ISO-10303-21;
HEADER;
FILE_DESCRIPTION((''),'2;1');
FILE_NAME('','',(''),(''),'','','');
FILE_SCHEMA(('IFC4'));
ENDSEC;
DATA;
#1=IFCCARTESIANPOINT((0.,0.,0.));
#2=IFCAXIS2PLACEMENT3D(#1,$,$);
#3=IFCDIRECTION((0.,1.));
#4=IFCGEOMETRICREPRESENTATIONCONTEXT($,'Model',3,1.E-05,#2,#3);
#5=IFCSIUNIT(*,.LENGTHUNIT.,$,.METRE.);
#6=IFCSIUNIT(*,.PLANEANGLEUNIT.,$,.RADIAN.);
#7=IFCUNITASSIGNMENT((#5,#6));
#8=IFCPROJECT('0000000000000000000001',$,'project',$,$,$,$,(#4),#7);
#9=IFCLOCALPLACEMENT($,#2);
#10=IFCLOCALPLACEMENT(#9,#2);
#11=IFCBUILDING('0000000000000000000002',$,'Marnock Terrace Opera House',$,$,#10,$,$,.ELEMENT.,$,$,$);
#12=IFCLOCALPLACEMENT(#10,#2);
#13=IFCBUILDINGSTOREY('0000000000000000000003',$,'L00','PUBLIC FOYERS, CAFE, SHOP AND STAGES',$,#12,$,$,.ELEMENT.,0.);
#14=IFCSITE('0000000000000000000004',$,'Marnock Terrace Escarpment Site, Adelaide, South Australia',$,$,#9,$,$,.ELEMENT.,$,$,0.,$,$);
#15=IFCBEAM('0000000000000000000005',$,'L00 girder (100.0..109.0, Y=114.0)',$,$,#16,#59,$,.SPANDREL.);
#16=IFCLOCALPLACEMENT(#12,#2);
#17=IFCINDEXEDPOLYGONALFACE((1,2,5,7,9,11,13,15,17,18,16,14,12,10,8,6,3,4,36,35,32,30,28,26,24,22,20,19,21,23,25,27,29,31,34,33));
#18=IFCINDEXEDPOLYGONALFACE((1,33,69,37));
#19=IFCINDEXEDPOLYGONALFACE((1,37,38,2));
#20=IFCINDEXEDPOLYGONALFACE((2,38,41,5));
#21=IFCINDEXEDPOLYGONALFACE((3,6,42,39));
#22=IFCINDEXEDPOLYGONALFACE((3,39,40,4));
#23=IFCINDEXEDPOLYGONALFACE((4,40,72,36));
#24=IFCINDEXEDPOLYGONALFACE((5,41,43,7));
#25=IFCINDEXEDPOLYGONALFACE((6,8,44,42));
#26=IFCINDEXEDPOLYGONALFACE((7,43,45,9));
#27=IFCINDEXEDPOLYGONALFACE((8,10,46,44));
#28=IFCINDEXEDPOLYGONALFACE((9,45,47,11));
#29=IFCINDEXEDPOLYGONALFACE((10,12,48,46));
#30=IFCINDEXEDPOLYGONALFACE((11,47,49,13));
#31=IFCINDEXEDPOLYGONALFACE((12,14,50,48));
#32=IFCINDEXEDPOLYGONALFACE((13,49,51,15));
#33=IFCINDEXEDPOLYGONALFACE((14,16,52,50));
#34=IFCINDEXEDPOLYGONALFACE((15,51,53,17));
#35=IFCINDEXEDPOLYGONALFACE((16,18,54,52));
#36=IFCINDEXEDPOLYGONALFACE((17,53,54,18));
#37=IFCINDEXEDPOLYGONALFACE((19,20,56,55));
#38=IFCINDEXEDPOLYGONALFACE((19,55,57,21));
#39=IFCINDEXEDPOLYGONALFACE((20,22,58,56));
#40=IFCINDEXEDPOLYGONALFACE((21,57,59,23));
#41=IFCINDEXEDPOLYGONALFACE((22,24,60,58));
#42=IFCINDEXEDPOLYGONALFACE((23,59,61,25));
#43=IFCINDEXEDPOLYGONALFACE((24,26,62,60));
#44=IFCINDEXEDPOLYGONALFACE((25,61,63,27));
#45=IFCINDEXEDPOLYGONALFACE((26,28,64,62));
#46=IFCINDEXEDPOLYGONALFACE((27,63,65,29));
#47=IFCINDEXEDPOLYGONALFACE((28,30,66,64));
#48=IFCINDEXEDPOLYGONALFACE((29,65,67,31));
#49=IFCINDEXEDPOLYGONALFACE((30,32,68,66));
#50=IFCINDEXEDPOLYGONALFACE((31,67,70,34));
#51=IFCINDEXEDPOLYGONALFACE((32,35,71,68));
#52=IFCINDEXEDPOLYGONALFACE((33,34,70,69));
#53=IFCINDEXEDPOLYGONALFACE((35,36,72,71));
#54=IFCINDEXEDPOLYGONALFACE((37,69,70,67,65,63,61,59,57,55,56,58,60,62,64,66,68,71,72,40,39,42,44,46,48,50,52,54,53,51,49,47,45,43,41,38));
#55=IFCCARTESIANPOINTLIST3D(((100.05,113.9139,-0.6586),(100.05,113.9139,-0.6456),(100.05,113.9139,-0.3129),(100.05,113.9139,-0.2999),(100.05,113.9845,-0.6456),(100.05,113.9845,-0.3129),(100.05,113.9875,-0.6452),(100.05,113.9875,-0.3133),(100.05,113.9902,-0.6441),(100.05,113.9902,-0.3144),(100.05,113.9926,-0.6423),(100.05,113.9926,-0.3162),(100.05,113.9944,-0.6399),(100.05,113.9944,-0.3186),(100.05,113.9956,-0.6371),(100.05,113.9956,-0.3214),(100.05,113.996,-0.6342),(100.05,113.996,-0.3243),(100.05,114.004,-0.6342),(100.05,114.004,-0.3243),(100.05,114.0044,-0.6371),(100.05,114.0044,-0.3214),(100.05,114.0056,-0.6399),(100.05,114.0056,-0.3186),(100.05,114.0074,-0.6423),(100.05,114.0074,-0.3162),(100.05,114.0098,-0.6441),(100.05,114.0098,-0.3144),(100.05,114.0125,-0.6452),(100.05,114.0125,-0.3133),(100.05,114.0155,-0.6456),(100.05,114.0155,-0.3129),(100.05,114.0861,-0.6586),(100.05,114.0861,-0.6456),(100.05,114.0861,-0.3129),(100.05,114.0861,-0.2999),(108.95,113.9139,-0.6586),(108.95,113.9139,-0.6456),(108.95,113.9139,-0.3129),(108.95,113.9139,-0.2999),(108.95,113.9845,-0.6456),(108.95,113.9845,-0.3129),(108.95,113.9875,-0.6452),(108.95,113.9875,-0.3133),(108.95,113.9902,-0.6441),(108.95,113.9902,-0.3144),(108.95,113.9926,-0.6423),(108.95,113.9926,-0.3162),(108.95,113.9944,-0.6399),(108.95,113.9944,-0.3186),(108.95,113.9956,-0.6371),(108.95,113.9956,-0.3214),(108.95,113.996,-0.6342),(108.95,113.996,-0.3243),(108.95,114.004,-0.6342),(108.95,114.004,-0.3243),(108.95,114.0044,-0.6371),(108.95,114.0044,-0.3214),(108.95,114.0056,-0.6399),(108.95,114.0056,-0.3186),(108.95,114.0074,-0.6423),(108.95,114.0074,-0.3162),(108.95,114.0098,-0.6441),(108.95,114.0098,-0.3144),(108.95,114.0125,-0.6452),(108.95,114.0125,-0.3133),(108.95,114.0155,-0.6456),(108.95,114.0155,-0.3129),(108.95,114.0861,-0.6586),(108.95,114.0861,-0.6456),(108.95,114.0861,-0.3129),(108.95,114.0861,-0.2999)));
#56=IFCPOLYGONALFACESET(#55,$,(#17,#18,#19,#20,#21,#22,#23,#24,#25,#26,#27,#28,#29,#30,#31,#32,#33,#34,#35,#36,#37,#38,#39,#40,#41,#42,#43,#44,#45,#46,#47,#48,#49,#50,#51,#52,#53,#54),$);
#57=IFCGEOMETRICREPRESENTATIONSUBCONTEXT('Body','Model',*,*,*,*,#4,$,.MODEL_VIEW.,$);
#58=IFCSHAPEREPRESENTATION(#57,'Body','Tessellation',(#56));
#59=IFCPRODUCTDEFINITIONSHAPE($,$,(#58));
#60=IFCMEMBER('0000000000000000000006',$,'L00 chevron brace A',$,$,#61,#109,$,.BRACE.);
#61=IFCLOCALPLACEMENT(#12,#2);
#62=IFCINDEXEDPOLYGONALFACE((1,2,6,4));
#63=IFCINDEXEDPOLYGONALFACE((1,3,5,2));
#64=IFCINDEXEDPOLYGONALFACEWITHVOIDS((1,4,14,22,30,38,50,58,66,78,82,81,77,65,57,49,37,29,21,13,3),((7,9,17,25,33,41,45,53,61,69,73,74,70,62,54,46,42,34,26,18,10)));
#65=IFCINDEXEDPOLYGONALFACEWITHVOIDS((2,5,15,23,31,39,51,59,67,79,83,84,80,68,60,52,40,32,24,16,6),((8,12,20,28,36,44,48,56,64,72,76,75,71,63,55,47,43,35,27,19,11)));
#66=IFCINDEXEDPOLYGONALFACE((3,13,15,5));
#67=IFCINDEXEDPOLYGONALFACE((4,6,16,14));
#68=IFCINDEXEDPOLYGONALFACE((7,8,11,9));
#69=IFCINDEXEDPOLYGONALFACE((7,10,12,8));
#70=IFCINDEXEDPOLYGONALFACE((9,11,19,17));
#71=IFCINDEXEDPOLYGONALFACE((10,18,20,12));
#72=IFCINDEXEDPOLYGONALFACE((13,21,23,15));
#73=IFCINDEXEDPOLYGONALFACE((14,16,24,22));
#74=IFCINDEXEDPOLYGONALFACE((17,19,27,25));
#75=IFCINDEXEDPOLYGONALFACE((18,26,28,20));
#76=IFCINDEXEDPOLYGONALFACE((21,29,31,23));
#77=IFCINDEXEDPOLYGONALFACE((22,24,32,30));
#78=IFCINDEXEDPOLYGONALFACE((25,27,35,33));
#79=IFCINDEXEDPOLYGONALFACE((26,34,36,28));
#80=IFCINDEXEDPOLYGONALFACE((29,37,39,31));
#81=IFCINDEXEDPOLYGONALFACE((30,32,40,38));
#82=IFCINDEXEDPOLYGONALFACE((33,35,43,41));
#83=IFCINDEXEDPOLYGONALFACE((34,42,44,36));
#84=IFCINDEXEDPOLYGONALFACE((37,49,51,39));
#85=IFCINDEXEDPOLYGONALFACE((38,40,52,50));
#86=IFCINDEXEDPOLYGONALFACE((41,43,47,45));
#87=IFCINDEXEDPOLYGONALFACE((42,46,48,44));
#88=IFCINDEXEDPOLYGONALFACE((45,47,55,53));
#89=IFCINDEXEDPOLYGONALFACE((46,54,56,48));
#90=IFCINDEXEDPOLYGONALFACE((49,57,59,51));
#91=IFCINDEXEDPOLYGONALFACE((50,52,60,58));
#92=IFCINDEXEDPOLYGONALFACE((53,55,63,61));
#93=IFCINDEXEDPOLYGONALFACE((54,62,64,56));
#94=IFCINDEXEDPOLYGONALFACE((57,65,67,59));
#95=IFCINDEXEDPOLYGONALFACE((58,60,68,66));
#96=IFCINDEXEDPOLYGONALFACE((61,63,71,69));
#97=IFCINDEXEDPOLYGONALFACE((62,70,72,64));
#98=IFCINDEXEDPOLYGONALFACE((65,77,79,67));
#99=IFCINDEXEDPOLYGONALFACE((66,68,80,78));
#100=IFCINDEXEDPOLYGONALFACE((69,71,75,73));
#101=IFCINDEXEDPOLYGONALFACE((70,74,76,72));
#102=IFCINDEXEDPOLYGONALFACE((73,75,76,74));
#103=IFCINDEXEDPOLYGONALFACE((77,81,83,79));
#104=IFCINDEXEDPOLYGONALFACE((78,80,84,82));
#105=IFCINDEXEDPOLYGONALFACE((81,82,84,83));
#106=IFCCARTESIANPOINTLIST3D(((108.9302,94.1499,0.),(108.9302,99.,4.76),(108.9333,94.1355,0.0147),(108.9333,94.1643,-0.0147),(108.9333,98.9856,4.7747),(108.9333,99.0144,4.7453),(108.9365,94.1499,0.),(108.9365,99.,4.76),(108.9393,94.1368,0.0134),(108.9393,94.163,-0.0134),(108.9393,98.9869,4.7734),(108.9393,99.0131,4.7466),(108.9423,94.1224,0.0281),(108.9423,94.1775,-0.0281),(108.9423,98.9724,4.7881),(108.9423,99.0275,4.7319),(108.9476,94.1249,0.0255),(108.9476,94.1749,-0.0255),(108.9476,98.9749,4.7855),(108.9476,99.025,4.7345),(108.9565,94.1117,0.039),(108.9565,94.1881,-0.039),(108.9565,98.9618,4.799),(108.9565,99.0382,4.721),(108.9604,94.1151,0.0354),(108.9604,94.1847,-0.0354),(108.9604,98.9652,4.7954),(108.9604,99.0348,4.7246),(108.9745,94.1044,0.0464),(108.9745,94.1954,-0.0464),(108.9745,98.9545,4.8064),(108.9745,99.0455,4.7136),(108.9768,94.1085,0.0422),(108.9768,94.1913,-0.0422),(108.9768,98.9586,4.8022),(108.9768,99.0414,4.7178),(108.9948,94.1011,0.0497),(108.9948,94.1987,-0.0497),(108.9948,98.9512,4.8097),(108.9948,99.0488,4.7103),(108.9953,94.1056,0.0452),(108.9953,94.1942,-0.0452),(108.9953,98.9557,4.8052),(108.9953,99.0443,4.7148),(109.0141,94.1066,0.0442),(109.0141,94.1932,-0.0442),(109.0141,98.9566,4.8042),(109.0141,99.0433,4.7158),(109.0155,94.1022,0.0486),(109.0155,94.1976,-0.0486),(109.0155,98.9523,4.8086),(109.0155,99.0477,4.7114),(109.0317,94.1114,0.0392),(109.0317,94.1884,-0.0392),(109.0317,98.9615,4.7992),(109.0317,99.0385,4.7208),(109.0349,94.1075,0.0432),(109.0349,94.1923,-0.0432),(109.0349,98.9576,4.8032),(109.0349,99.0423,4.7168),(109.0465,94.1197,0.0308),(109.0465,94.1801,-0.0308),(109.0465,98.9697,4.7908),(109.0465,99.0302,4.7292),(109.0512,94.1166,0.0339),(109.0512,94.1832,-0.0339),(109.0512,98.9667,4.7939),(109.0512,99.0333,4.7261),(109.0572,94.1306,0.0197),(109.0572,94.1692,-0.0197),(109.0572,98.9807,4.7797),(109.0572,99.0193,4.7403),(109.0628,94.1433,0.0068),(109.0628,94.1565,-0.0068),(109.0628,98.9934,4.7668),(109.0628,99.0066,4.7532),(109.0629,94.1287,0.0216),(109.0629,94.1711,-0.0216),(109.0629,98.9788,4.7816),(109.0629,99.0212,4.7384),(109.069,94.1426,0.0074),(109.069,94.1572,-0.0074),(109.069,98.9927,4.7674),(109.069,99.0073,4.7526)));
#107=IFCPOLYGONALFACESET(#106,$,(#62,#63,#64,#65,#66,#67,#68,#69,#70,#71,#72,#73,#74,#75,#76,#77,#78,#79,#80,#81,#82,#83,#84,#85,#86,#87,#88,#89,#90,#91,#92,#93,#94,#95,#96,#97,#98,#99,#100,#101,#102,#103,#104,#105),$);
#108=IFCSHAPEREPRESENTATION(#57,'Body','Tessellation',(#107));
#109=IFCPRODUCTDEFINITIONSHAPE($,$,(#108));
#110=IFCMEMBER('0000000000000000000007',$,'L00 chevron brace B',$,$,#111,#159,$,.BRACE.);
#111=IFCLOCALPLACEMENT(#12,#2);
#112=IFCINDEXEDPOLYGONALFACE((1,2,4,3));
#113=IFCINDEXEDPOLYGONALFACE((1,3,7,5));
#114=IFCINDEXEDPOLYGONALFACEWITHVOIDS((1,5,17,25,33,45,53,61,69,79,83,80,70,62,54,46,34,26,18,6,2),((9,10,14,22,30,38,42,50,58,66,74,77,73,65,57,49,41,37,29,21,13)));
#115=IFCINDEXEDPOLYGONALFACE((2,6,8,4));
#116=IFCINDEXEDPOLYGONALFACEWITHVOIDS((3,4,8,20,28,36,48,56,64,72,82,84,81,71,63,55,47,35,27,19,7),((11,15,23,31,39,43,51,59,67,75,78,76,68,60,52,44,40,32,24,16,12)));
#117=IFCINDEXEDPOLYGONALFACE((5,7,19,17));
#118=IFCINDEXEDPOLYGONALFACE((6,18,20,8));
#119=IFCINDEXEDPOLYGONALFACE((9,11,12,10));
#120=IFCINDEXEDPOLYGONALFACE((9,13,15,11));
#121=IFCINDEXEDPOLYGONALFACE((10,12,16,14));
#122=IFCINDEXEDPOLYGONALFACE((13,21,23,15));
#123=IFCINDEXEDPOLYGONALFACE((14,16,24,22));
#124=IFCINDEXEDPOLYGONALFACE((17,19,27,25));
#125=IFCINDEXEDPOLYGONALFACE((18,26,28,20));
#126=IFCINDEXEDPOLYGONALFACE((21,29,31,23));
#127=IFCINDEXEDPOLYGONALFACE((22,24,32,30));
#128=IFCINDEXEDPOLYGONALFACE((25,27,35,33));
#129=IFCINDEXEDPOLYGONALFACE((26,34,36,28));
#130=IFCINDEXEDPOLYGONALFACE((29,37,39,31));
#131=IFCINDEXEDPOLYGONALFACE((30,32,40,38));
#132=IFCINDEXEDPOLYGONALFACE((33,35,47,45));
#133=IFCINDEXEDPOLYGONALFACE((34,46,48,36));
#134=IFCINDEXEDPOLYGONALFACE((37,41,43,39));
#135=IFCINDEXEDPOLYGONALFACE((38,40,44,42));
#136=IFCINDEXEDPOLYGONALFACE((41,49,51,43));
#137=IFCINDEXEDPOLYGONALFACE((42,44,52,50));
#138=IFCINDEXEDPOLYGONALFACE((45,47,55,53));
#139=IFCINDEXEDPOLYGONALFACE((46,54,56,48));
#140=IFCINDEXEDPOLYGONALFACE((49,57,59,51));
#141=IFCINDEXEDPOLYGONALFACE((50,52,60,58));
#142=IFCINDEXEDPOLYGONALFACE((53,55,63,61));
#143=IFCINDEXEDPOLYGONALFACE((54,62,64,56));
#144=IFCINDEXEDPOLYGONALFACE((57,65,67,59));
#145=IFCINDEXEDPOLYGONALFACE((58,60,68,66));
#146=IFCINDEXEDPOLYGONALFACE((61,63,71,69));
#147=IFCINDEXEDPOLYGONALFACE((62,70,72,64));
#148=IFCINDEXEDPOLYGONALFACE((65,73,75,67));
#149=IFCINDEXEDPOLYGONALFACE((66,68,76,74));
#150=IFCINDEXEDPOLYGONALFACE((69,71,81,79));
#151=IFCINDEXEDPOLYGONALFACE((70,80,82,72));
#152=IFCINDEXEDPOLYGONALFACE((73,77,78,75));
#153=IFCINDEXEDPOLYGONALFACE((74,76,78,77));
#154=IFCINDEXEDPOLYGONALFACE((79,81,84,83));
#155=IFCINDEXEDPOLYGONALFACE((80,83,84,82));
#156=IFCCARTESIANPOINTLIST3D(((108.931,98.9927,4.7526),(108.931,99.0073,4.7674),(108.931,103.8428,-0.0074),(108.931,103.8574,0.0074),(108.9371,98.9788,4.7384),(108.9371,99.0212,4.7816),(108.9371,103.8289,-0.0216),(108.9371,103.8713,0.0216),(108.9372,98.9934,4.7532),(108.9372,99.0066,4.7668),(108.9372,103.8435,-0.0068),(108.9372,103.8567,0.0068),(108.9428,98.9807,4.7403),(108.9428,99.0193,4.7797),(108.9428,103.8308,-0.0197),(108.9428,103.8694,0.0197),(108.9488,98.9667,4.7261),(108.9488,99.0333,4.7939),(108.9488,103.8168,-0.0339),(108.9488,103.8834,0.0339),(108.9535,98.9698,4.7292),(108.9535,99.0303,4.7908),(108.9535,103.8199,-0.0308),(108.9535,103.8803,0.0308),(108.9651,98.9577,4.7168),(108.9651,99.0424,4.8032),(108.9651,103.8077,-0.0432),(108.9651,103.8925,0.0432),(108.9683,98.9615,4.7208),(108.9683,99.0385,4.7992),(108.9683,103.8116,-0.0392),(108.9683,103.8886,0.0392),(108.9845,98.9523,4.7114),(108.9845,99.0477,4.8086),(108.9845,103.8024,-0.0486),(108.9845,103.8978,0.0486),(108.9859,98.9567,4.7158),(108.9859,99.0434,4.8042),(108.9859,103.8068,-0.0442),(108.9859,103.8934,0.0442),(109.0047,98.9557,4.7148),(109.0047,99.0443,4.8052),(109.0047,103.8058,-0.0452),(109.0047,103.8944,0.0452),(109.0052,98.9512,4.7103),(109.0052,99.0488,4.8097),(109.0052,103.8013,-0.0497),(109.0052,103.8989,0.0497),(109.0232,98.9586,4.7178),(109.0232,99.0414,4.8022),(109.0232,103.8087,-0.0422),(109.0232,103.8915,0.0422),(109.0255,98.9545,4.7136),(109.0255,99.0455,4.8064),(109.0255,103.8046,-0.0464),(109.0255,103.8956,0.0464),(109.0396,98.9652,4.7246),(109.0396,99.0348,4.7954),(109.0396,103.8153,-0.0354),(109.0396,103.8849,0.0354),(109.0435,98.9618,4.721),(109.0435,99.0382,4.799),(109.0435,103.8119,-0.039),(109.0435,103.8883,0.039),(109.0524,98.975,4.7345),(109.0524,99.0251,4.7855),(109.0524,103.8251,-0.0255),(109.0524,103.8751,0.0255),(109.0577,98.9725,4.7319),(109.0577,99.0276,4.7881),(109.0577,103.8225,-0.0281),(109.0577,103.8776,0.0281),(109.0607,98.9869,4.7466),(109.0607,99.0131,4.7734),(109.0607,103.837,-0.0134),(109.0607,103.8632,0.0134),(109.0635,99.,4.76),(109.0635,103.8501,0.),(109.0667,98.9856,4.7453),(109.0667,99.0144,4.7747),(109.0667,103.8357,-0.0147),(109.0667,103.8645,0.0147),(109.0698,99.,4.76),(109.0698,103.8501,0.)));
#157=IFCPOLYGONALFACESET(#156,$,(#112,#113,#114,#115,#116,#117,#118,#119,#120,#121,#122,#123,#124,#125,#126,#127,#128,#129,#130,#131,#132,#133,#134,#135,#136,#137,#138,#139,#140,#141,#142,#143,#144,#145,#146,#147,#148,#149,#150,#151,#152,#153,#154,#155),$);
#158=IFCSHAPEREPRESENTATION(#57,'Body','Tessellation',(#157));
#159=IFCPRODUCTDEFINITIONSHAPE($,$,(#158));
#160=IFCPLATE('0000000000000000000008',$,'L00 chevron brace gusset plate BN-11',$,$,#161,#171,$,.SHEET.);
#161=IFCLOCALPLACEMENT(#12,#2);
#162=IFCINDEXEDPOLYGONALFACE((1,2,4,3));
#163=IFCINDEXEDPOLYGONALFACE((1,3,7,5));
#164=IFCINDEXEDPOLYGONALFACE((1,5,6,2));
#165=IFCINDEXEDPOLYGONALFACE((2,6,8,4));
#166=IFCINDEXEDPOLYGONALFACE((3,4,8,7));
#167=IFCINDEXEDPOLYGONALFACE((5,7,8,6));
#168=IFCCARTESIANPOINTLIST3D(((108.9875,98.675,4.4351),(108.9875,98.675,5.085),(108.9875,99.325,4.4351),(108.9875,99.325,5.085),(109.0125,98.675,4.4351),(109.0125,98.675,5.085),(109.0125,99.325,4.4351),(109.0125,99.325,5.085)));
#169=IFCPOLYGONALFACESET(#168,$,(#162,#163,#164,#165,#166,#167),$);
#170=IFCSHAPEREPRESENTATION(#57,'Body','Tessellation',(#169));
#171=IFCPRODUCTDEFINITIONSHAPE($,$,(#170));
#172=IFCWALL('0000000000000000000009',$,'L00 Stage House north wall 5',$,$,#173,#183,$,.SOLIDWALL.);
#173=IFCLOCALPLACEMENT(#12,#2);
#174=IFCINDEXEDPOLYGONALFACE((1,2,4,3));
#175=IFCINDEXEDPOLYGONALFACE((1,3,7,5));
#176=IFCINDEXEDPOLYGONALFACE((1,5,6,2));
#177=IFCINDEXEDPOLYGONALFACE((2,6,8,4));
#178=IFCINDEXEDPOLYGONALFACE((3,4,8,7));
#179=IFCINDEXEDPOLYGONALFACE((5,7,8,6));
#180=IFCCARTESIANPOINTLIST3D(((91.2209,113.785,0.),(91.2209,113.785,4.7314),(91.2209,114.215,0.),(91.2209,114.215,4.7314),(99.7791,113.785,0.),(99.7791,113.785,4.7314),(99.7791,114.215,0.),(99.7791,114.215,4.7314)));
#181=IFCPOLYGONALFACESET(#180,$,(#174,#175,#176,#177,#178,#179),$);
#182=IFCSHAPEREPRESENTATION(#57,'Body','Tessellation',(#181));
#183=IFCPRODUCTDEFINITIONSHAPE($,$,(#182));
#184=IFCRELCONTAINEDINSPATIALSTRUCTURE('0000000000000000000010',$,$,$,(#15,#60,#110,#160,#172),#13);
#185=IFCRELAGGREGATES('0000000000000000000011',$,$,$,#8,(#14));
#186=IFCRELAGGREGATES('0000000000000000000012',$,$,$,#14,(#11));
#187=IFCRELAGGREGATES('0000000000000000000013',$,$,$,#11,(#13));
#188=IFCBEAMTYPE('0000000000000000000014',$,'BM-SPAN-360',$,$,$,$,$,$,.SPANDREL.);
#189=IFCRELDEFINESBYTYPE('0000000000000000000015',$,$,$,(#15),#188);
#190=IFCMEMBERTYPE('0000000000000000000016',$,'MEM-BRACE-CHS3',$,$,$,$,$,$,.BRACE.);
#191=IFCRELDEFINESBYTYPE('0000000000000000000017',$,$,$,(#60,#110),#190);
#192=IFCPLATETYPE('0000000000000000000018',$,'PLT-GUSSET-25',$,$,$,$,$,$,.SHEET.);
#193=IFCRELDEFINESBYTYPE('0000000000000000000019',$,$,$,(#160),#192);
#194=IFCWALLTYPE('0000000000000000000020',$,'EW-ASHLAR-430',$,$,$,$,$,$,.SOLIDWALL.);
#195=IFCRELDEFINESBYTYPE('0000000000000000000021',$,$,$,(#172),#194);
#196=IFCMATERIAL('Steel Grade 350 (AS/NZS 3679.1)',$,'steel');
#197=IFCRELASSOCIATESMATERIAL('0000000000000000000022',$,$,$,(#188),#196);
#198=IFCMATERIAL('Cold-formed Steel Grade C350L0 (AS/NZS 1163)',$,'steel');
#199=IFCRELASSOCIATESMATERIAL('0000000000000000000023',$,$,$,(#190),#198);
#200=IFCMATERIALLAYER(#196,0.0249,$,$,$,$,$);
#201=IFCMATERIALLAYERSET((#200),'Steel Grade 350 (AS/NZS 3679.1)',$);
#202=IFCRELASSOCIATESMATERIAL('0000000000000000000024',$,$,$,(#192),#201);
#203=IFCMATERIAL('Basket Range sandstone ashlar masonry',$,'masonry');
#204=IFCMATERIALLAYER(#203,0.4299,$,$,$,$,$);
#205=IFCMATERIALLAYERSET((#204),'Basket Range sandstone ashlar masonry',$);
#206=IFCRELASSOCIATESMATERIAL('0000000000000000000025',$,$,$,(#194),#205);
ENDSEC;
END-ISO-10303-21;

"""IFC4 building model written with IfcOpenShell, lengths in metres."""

from ifc_helpers import new_model, si_unit, direction, frame, frame_2d, origin, origin_2d, place, context, subcontext, project, spatial, rectangle, hollow_circle, i_section, extrude, material, layer, layer_set, material_profile, profile_set, type_object, element, save


model = new_model("IFC4")

# Units and contexts
model_context = context("Model", 3, precision=1e-05, world=origin(), true_north=direction((0.0, 1.0)))
body_context = subcontext(model_context, "Body", "Model", "MODEL_VIEW")
ifc_project = project(units=[si_unit("LENGTHUNIT", "METRE"), si_unit("PLANEANGLEUNIT", "RADIAN")], contexts=[model_context])

# Site, building, storey
site_placement = place(None, origin())
site = spatial("IfcSite", under=ifc_project, at=site_placement, Name="Marnock Terrace Escarpment Site, Adelaide, South Australia", CompositionType="ELEMENT", RefElevation=0.0)
building_placement = place(site_placement, origin())
building = spatial("IfcBuilding", under=site, at=building_placement, Name="Marnock Terrace Opera House", CompositionType="ELEMENT")
storey_placement = place(building_placement, origin())
storey = spatial("IfcBuildingStorey", under=building, at=storey_placement, Name="L00", Description="PUBLIC FOYERS, CAFE, SHOP AND STAGES", CompositionType="ELEMENT", Elevation=0.0)

# Beam
ifc_material_1 = material(Name="Steel Grade 350 (AS/NZS 3679.1)", Category="steel")
ifc_material_profile_1 = material_profile(ifc_material_1, i_section(OverallWidth=0.1721, OverallDepth=0.3586, WebThickness=0.0081, FlangeThickness=0.0129, FilletRadius=0.0115, at=origin_2d()))
ifc_profile_set_1 = profile_set([ifc_material_profile_1], Name="Steel Grade 350 (AS/NZS 3679.1)")
beam_type_1 = type_object("IfcBeamType", Name="BM-SPAN-360", PredefinedType="SPANDREL", material=ifc_profile_set_1)
for number, where, z_axis, x_axis, name in (
    (1, (100.05, 114.0, -0.4792), (1.0, 0.0, 0.0), (0.0, 1.0, 0.0), "L00 girder (100.0..109.0, Y=114.0)"),
):
    element("IfcBeam", number, at=place(storey_placement, frame(where, z_axis=z_axis, x_axis=x_axis)), inside=storey, type_object=beam_type_1, Name=name, PredefinedType="SPANDREL", context=body_context, shape_type="SweptSolid", body=[
        extrude(i_section(OverallWidth=0.1721, OverallDepth=0.3586, WebThickness=0.0081, FlangeThickness=0.0129, FilletRadius=0.0115, at=origin_2d()), origin(), (0.0, 0.0, 1.0), 8.8999),
    ])

# Members
ifc_material_2 = material(Name="Cold-formed Steel Grade C350L0 (AS/NZS 1163)", Category="steel")
ifc_material_profile_2 = material_profile(ifc_material_2, hollow_circle(Radius=0.0698, WallThickness=0.0063, at=origin_2d()))
ifc_profile_set_2 = profile_set([ifc_material_profile_2], Name="Cold-formed Steel Grade C350L0 (AS/NZS 1163)")
member_type = type_object("IfcMemberType", Name="MEM-BRACE-CHS3", PredefinedType="BRACE", material=ifc_profile_set_2)
for number, where, z_axis, x_axis, name in (
    (2, (109.0, 94.1499, 0.0), (0.0, 0.713704, 0.700447), (-1.0, 0.0, 0.0), "L00 chevron brace A"),
    (3, (109.0, 103.8501, 0.0), (0.0, -0.713704, 0.700447), (1.0, 0.0, 0.0), "L00 chevron brace B"),
):
    element("IfcMember", number, at=place(storey_placement, frame(where, z_axis=z_axis, x_axis=x_axis)), inside=storey, type_object=member_type, Name=name, PredefinedType="BRACE", context=body_context, shape_type="SweptSolid", body=[
        extrude(hollow_circle(Radius=0.0698, WallThickness=0.0063, at=origin_2d()), origin(), (0.0, 0.0, 1.0), 6.7957),
    ])

# Plate
ifc_layer_1 = layer(ifc_material_1, 0.0249)
ifc_layer_set_1 = layer_set([ifc_layer_1], Name="Steel Grade 350 (AS/NZS 3679.1)")
plate_type = type_object("IfcPlateType", Name="PLT-GUSSET-25", PredefinedType="SHEET", material=ifc_layer_set_1)
plate_placement = place(storey_placement, frame((109.0, 99.0, 4.4351), z_axis=(0.0, 0.0, 1.0), x_axis=(0.0, 1.0, 0.0)))
element("IfcPlate", 4, at=plate_placement, inside=storey, type_object=plate_type, Name="L00 chevron brace gusset plate BN-11", PredefinedType="SHEET", context=body_context, shape_type="SweptSolid", body=[
    extrude(rectangle(XDim=0.6499, YDim=0.0249, at=origin_2d()), origin(), (0.0, 0.0, 1.0), 0.6499),
])

# Wall
ifc_material_3 = material(Name="Basket Range sandstone ashlar masonry", Category="masonry")
ifc_layer_2 = layer(ifc_material_3, 0.4299)
ifc_layer_set_2 = layer_set([ifc_layer_2], Name="Basket Range sandstone ashlar masonry")
wall_type = type_object("IfcWallType", Name="EW-ASHLAR-430", PredefinedType="SOLIDWALL", material=ifc_layer_set_2)
wall_1_placement = place(storey_placement, frame((91.2209, 114.0, 0.0), z_axis=(0.0, 0.0, 1.0), x_axis=(1.0, 0.0, 0.0)))
element("IfcWall", 5, at=wall_1_placement, inside=storey, type_object=wall_type, Name="L00 Stage House north wall 5", PredefinedType="SOLIDWALL", context=body_context, shape_type="SweptSolid", body=[
    extrude(rectangle(XDim=8.5581, YDim=0.4299, at=frame_2d((4.2791, 0.0))), origin(), (0.0, 0.0, 1.0), 4.7314),
])

save(model, "model.ifc")
